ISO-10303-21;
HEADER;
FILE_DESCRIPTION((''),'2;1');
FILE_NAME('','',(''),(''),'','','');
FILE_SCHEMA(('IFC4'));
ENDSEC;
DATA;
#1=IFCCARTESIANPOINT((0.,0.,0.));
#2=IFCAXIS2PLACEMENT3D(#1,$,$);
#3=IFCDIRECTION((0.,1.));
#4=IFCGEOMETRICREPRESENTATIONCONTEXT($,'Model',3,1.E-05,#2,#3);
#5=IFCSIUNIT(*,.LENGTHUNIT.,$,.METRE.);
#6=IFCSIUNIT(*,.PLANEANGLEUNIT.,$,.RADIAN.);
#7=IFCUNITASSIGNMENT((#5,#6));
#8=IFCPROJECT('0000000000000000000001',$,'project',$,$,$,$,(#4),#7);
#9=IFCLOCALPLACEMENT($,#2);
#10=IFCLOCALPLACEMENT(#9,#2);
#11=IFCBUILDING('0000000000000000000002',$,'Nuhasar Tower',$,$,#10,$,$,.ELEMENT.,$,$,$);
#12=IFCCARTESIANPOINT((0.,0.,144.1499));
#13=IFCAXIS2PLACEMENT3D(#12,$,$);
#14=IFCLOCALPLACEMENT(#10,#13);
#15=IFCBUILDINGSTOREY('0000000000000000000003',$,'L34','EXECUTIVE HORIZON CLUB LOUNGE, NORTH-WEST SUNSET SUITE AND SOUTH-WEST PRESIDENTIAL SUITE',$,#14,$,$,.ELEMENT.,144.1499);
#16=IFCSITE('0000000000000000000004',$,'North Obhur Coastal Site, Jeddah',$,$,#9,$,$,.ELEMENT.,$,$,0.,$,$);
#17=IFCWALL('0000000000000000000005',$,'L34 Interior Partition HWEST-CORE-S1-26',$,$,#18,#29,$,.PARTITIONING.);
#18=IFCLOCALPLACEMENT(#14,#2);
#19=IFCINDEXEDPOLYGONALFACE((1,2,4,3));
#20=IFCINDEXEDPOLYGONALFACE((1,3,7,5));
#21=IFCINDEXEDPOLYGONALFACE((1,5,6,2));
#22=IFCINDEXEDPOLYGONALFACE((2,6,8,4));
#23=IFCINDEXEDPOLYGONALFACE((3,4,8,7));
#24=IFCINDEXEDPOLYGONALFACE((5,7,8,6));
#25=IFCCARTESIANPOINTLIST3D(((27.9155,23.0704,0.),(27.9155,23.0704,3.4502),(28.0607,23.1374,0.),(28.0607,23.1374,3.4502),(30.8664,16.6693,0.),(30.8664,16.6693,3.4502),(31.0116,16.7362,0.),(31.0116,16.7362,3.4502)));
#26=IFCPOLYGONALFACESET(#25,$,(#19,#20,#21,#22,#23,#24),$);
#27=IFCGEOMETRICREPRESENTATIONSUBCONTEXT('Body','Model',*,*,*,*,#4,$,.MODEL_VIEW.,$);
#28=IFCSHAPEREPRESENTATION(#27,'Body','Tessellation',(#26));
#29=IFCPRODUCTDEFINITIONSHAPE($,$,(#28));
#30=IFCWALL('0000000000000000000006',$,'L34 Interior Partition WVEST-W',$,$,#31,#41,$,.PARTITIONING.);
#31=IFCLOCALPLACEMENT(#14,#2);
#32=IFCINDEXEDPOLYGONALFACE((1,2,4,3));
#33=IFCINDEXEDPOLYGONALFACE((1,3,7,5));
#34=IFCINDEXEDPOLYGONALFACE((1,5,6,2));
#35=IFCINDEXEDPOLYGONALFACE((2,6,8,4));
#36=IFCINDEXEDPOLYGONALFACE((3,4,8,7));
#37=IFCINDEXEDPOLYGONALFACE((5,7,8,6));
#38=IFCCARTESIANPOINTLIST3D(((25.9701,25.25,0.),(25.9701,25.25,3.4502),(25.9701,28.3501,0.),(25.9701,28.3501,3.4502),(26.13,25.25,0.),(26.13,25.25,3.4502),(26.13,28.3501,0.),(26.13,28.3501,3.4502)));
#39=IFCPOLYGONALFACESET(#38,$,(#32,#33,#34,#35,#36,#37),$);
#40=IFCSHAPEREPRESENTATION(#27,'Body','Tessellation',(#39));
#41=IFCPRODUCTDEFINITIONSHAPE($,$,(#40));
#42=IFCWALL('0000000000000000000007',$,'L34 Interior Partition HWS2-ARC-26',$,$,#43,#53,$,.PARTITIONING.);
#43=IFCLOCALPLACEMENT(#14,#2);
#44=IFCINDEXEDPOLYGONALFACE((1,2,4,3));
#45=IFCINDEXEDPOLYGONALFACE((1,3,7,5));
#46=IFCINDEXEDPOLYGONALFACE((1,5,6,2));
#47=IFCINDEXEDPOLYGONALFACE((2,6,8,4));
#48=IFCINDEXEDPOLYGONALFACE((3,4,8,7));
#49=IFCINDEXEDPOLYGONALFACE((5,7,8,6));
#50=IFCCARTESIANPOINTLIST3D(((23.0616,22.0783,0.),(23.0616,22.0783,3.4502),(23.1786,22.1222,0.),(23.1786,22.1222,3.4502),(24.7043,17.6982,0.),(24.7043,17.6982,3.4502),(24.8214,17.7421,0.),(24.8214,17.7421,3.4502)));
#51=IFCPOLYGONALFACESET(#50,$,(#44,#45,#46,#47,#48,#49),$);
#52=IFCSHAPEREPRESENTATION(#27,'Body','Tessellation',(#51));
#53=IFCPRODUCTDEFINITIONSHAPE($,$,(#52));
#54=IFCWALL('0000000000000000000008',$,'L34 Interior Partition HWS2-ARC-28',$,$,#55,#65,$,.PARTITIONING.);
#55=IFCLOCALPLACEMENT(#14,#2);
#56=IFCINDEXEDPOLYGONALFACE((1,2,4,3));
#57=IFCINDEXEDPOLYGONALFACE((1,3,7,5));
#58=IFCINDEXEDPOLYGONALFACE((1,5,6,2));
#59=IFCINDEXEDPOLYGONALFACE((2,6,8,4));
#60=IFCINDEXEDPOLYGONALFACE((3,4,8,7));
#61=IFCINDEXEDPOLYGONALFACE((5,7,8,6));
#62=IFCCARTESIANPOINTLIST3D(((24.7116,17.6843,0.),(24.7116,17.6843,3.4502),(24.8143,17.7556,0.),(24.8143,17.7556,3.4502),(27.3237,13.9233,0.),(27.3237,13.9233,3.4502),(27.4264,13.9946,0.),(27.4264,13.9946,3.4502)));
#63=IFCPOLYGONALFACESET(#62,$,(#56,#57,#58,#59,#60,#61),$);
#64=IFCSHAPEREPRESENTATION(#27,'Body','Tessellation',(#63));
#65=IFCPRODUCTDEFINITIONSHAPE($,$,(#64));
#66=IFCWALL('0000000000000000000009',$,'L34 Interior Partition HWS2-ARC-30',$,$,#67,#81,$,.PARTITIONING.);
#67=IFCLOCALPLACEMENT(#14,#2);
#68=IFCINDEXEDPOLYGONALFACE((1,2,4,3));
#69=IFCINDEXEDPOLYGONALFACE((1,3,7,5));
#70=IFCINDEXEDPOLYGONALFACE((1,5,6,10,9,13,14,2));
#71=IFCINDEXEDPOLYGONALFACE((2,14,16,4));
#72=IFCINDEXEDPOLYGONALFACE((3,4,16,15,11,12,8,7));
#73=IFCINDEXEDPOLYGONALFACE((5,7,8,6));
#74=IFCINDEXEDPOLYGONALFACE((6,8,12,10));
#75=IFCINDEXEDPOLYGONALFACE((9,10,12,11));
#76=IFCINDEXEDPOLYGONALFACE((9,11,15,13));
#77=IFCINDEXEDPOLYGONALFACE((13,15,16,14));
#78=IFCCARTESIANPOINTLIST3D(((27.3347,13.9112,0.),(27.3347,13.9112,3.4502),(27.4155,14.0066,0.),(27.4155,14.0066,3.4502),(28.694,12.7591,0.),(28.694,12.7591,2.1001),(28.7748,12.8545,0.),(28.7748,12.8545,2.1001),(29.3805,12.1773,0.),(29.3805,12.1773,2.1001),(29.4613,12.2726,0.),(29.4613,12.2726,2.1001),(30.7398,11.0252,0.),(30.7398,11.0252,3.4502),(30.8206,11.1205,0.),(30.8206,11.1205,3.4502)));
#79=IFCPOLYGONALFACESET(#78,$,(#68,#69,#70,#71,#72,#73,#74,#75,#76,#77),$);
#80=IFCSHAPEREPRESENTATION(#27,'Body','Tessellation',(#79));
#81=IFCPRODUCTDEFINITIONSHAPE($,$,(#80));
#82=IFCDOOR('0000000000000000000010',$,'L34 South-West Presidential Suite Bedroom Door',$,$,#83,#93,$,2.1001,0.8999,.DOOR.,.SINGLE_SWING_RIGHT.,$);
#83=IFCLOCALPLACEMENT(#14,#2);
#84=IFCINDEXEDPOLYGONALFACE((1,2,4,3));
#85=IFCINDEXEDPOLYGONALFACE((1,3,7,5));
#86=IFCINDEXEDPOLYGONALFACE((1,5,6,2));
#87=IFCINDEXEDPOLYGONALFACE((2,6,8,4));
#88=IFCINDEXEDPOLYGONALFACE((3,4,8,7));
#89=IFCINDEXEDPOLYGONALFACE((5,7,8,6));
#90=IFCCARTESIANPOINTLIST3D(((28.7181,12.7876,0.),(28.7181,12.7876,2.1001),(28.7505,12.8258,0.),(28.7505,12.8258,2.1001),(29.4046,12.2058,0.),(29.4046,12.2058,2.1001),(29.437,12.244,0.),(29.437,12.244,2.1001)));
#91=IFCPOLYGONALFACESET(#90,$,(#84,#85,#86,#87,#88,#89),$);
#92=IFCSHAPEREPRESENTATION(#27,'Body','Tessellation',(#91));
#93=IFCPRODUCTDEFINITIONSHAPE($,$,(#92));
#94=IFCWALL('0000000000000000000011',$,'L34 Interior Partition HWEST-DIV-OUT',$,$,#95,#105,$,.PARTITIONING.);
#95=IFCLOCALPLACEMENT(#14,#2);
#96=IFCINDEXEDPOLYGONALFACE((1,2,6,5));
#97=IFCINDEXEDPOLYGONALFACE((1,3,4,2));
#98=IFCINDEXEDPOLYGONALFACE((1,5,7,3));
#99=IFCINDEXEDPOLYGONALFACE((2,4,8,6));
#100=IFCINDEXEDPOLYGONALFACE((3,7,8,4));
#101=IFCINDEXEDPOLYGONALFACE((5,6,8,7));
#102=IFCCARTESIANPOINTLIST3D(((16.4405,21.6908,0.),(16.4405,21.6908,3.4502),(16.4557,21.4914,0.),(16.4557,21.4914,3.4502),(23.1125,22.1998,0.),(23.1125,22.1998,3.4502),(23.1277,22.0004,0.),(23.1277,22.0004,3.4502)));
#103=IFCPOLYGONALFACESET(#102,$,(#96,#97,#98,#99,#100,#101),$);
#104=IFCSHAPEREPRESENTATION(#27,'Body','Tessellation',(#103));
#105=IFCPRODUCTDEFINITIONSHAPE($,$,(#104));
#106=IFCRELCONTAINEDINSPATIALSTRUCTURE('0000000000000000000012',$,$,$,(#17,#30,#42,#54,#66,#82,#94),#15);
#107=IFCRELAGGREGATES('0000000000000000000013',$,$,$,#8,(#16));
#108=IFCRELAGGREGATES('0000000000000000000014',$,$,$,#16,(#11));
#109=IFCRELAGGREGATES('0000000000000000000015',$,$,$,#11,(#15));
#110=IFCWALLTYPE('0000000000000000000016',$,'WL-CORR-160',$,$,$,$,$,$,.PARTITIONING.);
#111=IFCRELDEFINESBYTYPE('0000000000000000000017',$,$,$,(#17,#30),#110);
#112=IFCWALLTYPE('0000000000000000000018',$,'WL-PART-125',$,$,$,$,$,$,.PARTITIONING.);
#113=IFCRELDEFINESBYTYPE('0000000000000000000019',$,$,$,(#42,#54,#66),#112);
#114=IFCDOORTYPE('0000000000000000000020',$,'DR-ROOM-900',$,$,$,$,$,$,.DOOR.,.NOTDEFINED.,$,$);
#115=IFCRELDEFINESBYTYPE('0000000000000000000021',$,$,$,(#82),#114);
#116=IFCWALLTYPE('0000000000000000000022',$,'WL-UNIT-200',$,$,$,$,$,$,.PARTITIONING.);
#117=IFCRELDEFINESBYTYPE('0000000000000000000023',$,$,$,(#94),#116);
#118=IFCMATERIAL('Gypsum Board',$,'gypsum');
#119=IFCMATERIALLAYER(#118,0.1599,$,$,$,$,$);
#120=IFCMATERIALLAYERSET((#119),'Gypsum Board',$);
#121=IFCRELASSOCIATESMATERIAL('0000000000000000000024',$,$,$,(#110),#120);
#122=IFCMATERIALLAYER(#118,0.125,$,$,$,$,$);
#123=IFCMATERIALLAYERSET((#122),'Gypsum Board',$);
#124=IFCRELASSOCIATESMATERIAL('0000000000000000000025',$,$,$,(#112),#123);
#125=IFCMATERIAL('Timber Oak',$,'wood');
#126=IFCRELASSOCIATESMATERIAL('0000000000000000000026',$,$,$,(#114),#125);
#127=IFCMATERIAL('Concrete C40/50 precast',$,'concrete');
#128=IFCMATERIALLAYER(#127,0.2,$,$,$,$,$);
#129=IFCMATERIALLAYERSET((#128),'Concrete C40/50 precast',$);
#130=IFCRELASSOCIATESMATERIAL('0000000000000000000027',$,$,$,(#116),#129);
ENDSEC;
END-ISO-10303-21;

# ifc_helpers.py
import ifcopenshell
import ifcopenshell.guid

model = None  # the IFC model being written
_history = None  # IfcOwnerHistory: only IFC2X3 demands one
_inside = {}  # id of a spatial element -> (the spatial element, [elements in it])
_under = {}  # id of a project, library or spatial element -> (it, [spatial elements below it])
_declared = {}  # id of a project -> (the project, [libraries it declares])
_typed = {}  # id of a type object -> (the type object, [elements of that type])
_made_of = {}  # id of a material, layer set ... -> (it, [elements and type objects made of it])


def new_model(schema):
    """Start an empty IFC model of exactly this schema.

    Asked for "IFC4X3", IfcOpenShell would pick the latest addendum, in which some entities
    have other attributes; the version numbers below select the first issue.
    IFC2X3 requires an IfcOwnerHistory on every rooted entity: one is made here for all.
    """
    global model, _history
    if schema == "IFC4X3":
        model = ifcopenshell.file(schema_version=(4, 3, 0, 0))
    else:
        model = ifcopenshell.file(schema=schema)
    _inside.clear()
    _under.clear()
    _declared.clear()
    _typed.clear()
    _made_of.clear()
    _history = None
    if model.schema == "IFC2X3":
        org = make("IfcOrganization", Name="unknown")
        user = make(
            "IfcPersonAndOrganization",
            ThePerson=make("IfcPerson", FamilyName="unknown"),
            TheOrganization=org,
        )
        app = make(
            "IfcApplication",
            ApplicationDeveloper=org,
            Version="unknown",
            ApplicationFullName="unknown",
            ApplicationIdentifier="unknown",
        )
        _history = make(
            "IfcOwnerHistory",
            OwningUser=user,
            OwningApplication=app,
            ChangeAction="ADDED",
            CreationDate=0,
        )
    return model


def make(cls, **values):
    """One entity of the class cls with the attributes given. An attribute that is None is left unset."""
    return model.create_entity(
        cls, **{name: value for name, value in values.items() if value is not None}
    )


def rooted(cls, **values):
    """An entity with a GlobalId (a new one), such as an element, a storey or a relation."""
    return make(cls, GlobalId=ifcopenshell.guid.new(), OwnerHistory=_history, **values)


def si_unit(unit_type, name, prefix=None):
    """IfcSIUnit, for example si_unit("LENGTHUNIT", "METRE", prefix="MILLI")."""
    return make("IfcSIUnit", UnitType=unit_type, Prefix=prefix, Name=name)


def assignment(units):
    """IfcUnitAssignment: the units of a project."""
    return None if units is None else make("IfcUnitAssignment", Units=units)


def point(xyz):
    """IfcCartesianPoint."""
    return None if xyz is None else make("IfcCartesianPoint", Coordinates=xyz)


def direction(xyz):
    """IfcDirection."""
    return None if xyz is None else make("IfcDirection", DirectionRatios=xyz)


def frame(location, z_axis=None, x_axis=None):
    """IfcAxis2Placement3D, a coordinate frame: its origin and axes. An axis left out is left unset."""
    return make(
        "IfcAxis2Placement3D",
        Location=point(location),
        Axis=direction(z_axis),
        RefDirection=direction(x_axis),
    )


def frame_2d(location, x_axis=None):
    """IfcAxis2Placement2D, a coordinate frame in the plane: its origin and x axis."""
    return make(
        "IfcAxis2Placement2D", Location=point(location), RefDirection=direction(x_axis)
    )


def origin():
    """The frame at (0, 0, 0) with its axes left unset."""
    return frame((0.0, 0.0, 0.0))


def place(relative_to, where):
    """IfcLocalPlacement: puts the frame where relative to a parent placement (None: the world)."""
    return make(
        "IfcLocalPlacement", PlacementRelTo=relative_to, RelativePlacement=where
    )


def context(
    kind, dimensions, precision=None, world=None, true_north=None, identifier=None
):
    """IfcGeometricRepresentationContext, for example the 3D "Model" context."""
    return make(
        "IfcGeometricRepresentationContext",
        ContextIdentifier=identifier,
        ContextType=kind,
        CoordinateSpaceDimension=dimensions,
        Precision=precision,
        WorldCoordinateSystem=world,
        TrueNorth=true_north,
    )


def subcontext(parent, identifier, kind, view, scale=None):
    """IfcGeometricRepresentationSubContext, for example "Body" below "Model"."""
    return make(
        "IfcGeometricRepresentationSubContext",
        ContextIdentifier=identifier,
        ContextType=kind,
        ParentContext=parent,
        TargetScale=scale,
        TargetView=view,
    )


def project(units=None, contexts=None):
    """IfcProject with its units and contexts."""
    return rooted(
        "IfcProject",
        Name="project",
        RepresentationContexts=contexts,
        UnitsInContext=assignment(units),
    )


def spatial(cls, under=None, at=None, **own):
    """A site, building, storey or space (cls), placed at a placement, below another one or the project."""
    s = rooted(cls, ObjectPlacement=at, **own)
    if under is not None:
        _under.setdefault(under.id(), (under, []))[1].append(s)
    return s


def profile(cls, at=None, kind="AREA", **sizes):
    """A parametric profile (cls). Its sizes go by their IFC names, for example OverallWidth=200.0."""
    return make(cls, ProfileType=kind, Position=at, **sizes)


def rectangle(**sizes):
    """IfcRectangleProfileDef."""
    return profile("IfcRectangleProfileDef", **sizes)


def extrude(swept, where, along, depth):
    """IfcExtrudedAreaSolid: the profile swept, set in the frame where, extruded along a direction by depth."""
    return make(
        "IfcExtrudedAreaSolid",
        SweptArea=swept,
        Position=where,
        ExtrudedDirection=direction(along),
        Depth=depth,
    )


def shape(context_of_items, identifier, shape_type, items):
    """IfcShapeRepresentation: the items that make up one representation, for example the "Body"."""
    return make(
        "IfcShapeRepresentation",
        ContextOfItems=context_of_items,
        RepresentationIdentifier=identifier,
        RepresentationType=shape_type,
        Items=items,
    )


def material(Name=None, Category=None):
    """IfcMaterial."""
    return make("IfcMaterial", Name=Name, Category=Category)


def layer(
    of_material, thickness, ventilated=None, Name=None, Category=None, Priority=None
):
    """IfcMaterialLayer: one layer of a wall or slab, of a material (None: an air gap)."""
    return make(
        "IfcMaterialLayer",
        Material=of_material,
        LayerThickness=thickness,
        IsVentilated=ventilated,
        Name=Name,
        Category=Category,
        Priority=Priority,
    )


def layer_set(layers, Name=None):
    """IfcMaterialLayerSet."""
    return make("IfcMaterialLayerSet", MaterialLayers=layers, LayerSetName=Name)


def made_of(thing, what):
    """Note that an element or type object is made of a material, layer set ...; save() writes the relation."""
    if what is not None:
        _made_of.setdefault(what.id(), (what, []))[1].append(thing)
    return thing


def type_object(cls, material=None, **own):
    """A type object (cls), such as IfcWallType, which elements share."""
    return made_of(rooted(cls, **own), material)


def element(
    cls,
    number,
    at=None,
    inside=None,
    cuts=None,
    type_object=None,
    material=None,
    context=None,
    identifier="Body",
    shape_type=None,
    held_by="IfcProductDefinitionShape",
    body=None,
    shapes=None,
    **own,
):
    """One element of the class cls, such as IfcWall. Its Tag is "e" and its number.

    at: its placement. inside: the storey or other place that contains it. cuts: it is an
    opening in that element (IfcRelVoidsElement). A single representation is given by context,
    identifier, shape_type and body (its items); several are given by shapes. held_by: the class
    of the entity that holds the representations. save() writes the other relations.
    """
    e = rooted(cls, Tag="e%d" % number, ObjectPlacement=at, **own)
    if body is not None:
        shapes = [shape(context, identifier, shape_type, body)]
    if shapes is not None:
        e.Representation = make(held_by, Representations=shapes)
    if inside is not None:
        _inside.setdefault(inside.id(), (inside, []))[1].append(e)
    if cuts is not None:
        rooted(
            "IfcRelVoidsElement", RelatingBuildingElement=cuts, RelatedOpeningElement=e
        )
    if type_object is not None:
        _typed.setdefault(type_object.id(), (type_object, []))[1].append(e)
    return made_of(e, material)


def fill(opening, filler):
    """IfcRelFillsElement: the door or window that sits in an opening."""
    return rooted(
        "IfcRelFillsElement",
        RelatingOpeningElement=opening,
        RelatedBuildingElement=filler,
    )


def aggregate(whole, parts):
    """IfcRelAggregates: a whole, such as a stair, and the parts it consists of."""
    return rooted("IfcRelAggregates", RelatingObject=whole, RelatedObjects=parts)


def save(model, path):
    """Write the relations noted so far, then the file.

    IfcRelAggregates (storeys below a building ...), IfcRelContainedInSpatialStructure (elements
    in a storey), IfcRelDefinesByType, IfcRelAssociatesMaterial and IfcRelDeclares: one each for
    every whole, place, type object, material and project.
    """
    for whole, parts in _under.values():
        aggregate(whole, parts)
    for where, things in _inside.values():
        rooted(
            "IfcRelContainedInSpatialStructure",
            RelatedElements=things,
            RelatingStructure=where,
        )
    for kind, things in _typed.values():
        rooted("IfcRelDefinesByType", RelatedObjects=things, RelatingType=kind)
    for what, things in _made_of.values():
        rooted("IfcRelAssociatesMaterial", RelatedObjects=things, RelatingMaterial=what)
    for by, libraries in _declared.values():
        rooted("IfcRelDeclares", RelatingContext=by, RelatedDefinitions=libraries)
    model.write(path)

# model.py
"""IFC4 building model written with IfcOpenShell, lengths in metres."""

from ifc_helpers import new_model, si_unit, direction, frame, frame_2d, origin, place, context, subcontext, project, spatial, rectangle, extrude, material, layer, layer_set, type_object, element, fill, save


model = new_model("IFC4")

# Units and contexts
model_context = context("Model", 3, precision=1e-05, world=origin(), true_north=direction((0.0, 1.0)))
body_context = subcontext(model_context, "Body", "Model", "MODEL_VIEW")
ifc_project = project(units=[si_unit("LENGTHUNIT", "METRE"), si_unit("PLANEANGLEUNIT", "RADIAN")], contexts=[model_context])

# Site, building, storey
site_placement = place(None, origin())
site = spatial("IfcSite", under=ifc_project, at=site_placement, Name="North Obhur Coastal Site, Jeddah", CompositionType="ELEMENT", RefElevation=0.0)
building_placement = place(site_placement, origin())
building = spatial("IfcBuilding", under=site, at=building_placement, Name="Nuhasar Tower", CompositionType="ELEMENT")
storey_placement = place(building_placement, frame((0.0, 0.0, 144.1499)))
storey = spatial("IfcBuildingStorey", under=building, at=storey_placement, Name="L34", Description="EXECUTIVE HORIZON CLUB LOUNGE, NORTH-WEST SUNSET SUITE AND SOUTH-WEST PRESIDENTIAL SUITE", CompositionType="ELEMENT", Elevation=144.1499)

# Wall
ifc_material_1 = material(Name="Gypsum Board", Category="gypsum")
ifc_layer_1 = layer(ifc_material_1, 0.1599)
ifc_layer_set_1 = layer_set([ifc_layer_1], Name="Gypsum Board")
wall_type_1 = type_object("IfcWallType", Name="WL-CORR-160", PredefinedType="PARTITIONING", material=ifc_layer_set_1)
wall_1_placement = place(storey_placement, frame((27.988, 23.104, 0.0), z_axis=(0.0, 0.0, 1.0), x_axis=(0.418656, -0.908145, 0.0)))
element("IfcWall", 1, at=wall_1_placement, inside=storey, type_object=wall_type_1, Name="L34 Interior Partition HWEST-CORE-S1-26", PredefinedType="PARTITIONING", context=body_context, shape_type="SweptSolid", body=[
    extrude(rectangle(XDim=7.0486, YDim=0.1599, at=frame_2d((3.5244, 0.0))), origin(), (0.0, 0.0, 1.0), 3.4502),
])

# Shared definitions
ifc_material_2 = material(Name="Timber Oak", Category="wood")

# Walls
wall_2_placement = place(storey_placement, frame((26.05, 25.25, 0.0), z_axis=(0.0, 0.0, 1.0), x_axis=(0.0, 1.0, 0.0)))
element("IfcWall", 2, at=wall_2_placement, inside=storey, type_object=wall_type_1, Name="L34 Interior Partition WVEST-W", PredefinedType="PARTITIONING", context=body_context, shape_type="SweptSolid", body=[
    extrude(rectangle(XDim=3.1001, YDim=0.1599, at=frame_2d((1.55, 0.0))), origin(), (0.0, 0.0, 1.0), 3.4502),
])
ifc_layer_2 = layer(ifc_material_1, 0.125)
ifc_layer_set_2 = layer_set([ifc_layer_2], Name="Gypsum Board")
wall_type_2 = type_object("IfcWallType", Name="WL-PART-125", PredefinedType="PARTITIONING", material=ifc_layer_set_2)
wall_3_placement = place(storey_placement, frame((23.1201, 22.1001, 0.0), z_axis=(0.0, 0.0, 1.0), x_axis=(0.351175, -0.93631, 0.0)))
element("IfcWall", 3, at=wall_3_placement, inside=storey, type_object=wall_type_2, Name="L34 Interior Partition HWS2-ARC-26", PredefinedType="PARTITIONING", context=body_context, shape_type="SweptSolid", body=[
    extrude(rectangle(XDim=4.678, YDim=0.125, at=frame_2d((2.3389, 0.0))), origin(), (0.0, 0.0, 1.0), 3.4502),
])
wall_4_placement = place(storey_placement, frame((24.7629, 17.72, 0.0), z_axis=(0.0, 0.0, 1.0), x_axis=(0.570435, -0.821343, 0.0)))
element("IfcWall", 4, at=wall_4_placement, inside=storey, type_object=wall_type_2, Name="L34 Interior Partition HWS2-ARC-28", PredefinedType="PARTITIONING", context=body_context, shape_type="SweptSolid", body=[
    extrude(rectangle(XDim=4.5791, YDim=0.125, at=frame_2d((2.2896, 0.0))), origin(), (0.0, 0.0, 1.0), 3.4502),
])

# Wall, opening, door
wall_5_placement = place(storey_placement, frame((27.375, 13.959, 0.0), z_axis=(0.0, 0.0, 1.0), x_axis=(0.762855, -0.64657, 0.0)))
wall_5 = element("IfcWall", 5, at=wall_5_placement, inside=storey, type_object=wall_type_2, Name="L34 Interior Partition HWS2-ARC-30", PredefinedType="PARTITIONING", context=body_context, shape_type="SweptSolid", body=[
    extrude(rectangle(XDim=4.4636, YDim=0.125, at=frame_2d((2.2319, 0.0))), origin(), (0.0, 0.0, 1.0), 3.4502),
])
opening_1_placement = place(wall_5_placement, frame((1.782, 0.0, 0.0)))
opening_1 = element("IfcOpeningElement", 6, at=opening_1_placement, cuts=wall_5, PredefinedType="OPENING", context=body_context, shape_type="SweptSolid", body=[
    extrude(rectangle(XDim=0.8999, YDim=2.1001, at=frame_2d((0.45, 1.05))), frame((0.0, 0.0725, 0.0), z_axis=(0.0, -1.0, 0.0), x_axis=(1.0, 0.0, 0.0)), (0.0, 0.0, 1.0), 0.145),
])
door_type_1 = type_object("IfcDoorType", Name="DR-ROOM-900", OperationType="NOTDEFINED", PredefinedType="DOOR", material=ifc_material_2)
door_1_placement = place(opening_1_placement, origin())
door_1 = element("IfcDoor", 7, at=door_1_placement, inside=storey, type_object=door_type_1, Name="L34 South-West Presidential Suite Bedroom Door", OperationType="SINGLE_SWING_RIGHT", OverallHeight=2.1001, OverallWidth=0.8999, PredefinedType="DOOR", context=body_context, shape_type="SweptSolid", body=[
    extrude(rectangle(XDim=0.8999, YDim=2.1001, at=frame_2d((0.45, 1.05))), frame((0.0, 0.0249, 0.0), z_axis=(0.0, -1.0, 0.0), x_axis=(1.0, 0.0, 0.0)), (0.0, 0.0, 1.0), 0.05),
])
fill(opening_1, door_1)

# Wall
ifc_material_3 = material(Name="Concrete C40/50 precast", Category="concrete")
ifc_layer_3 = layer(ifc_material_3, 0.2)
ifc_layer_set_3 = layer_set([ifc_layer_3], Name="Concrete C40/50 precast")
wall_type_3 = type_object("IfcWallType", Name="WL-UNIT-200", PredefinedType="PARTITIONING", material=ifc_layer_set_3)
wall_6_placement = place(storey_placement, frame((23.1201, 22.1001, 0.0), z_axis=(0.0, 0.0, 1.0), x_axis=(-0.997102, -0.076072, 0.0)))
element("IfcWall", 8, at=wall_6_placement, inside=storey, type_object=wall_type_3, Name="L34 Interior Partition HWEST-DIV-OUT", PredefinedType="PARTITIONING", context=body_context, shape_type="SweptSolid", body=[
    extrude(rectangle(XDim=6.6914, YDim=0.2, at=frame_2d((3.3457, 0.0))), origin(), (0.0, 0.0, 1.0), 3.4502),
])

save(model, "model.ifc")
